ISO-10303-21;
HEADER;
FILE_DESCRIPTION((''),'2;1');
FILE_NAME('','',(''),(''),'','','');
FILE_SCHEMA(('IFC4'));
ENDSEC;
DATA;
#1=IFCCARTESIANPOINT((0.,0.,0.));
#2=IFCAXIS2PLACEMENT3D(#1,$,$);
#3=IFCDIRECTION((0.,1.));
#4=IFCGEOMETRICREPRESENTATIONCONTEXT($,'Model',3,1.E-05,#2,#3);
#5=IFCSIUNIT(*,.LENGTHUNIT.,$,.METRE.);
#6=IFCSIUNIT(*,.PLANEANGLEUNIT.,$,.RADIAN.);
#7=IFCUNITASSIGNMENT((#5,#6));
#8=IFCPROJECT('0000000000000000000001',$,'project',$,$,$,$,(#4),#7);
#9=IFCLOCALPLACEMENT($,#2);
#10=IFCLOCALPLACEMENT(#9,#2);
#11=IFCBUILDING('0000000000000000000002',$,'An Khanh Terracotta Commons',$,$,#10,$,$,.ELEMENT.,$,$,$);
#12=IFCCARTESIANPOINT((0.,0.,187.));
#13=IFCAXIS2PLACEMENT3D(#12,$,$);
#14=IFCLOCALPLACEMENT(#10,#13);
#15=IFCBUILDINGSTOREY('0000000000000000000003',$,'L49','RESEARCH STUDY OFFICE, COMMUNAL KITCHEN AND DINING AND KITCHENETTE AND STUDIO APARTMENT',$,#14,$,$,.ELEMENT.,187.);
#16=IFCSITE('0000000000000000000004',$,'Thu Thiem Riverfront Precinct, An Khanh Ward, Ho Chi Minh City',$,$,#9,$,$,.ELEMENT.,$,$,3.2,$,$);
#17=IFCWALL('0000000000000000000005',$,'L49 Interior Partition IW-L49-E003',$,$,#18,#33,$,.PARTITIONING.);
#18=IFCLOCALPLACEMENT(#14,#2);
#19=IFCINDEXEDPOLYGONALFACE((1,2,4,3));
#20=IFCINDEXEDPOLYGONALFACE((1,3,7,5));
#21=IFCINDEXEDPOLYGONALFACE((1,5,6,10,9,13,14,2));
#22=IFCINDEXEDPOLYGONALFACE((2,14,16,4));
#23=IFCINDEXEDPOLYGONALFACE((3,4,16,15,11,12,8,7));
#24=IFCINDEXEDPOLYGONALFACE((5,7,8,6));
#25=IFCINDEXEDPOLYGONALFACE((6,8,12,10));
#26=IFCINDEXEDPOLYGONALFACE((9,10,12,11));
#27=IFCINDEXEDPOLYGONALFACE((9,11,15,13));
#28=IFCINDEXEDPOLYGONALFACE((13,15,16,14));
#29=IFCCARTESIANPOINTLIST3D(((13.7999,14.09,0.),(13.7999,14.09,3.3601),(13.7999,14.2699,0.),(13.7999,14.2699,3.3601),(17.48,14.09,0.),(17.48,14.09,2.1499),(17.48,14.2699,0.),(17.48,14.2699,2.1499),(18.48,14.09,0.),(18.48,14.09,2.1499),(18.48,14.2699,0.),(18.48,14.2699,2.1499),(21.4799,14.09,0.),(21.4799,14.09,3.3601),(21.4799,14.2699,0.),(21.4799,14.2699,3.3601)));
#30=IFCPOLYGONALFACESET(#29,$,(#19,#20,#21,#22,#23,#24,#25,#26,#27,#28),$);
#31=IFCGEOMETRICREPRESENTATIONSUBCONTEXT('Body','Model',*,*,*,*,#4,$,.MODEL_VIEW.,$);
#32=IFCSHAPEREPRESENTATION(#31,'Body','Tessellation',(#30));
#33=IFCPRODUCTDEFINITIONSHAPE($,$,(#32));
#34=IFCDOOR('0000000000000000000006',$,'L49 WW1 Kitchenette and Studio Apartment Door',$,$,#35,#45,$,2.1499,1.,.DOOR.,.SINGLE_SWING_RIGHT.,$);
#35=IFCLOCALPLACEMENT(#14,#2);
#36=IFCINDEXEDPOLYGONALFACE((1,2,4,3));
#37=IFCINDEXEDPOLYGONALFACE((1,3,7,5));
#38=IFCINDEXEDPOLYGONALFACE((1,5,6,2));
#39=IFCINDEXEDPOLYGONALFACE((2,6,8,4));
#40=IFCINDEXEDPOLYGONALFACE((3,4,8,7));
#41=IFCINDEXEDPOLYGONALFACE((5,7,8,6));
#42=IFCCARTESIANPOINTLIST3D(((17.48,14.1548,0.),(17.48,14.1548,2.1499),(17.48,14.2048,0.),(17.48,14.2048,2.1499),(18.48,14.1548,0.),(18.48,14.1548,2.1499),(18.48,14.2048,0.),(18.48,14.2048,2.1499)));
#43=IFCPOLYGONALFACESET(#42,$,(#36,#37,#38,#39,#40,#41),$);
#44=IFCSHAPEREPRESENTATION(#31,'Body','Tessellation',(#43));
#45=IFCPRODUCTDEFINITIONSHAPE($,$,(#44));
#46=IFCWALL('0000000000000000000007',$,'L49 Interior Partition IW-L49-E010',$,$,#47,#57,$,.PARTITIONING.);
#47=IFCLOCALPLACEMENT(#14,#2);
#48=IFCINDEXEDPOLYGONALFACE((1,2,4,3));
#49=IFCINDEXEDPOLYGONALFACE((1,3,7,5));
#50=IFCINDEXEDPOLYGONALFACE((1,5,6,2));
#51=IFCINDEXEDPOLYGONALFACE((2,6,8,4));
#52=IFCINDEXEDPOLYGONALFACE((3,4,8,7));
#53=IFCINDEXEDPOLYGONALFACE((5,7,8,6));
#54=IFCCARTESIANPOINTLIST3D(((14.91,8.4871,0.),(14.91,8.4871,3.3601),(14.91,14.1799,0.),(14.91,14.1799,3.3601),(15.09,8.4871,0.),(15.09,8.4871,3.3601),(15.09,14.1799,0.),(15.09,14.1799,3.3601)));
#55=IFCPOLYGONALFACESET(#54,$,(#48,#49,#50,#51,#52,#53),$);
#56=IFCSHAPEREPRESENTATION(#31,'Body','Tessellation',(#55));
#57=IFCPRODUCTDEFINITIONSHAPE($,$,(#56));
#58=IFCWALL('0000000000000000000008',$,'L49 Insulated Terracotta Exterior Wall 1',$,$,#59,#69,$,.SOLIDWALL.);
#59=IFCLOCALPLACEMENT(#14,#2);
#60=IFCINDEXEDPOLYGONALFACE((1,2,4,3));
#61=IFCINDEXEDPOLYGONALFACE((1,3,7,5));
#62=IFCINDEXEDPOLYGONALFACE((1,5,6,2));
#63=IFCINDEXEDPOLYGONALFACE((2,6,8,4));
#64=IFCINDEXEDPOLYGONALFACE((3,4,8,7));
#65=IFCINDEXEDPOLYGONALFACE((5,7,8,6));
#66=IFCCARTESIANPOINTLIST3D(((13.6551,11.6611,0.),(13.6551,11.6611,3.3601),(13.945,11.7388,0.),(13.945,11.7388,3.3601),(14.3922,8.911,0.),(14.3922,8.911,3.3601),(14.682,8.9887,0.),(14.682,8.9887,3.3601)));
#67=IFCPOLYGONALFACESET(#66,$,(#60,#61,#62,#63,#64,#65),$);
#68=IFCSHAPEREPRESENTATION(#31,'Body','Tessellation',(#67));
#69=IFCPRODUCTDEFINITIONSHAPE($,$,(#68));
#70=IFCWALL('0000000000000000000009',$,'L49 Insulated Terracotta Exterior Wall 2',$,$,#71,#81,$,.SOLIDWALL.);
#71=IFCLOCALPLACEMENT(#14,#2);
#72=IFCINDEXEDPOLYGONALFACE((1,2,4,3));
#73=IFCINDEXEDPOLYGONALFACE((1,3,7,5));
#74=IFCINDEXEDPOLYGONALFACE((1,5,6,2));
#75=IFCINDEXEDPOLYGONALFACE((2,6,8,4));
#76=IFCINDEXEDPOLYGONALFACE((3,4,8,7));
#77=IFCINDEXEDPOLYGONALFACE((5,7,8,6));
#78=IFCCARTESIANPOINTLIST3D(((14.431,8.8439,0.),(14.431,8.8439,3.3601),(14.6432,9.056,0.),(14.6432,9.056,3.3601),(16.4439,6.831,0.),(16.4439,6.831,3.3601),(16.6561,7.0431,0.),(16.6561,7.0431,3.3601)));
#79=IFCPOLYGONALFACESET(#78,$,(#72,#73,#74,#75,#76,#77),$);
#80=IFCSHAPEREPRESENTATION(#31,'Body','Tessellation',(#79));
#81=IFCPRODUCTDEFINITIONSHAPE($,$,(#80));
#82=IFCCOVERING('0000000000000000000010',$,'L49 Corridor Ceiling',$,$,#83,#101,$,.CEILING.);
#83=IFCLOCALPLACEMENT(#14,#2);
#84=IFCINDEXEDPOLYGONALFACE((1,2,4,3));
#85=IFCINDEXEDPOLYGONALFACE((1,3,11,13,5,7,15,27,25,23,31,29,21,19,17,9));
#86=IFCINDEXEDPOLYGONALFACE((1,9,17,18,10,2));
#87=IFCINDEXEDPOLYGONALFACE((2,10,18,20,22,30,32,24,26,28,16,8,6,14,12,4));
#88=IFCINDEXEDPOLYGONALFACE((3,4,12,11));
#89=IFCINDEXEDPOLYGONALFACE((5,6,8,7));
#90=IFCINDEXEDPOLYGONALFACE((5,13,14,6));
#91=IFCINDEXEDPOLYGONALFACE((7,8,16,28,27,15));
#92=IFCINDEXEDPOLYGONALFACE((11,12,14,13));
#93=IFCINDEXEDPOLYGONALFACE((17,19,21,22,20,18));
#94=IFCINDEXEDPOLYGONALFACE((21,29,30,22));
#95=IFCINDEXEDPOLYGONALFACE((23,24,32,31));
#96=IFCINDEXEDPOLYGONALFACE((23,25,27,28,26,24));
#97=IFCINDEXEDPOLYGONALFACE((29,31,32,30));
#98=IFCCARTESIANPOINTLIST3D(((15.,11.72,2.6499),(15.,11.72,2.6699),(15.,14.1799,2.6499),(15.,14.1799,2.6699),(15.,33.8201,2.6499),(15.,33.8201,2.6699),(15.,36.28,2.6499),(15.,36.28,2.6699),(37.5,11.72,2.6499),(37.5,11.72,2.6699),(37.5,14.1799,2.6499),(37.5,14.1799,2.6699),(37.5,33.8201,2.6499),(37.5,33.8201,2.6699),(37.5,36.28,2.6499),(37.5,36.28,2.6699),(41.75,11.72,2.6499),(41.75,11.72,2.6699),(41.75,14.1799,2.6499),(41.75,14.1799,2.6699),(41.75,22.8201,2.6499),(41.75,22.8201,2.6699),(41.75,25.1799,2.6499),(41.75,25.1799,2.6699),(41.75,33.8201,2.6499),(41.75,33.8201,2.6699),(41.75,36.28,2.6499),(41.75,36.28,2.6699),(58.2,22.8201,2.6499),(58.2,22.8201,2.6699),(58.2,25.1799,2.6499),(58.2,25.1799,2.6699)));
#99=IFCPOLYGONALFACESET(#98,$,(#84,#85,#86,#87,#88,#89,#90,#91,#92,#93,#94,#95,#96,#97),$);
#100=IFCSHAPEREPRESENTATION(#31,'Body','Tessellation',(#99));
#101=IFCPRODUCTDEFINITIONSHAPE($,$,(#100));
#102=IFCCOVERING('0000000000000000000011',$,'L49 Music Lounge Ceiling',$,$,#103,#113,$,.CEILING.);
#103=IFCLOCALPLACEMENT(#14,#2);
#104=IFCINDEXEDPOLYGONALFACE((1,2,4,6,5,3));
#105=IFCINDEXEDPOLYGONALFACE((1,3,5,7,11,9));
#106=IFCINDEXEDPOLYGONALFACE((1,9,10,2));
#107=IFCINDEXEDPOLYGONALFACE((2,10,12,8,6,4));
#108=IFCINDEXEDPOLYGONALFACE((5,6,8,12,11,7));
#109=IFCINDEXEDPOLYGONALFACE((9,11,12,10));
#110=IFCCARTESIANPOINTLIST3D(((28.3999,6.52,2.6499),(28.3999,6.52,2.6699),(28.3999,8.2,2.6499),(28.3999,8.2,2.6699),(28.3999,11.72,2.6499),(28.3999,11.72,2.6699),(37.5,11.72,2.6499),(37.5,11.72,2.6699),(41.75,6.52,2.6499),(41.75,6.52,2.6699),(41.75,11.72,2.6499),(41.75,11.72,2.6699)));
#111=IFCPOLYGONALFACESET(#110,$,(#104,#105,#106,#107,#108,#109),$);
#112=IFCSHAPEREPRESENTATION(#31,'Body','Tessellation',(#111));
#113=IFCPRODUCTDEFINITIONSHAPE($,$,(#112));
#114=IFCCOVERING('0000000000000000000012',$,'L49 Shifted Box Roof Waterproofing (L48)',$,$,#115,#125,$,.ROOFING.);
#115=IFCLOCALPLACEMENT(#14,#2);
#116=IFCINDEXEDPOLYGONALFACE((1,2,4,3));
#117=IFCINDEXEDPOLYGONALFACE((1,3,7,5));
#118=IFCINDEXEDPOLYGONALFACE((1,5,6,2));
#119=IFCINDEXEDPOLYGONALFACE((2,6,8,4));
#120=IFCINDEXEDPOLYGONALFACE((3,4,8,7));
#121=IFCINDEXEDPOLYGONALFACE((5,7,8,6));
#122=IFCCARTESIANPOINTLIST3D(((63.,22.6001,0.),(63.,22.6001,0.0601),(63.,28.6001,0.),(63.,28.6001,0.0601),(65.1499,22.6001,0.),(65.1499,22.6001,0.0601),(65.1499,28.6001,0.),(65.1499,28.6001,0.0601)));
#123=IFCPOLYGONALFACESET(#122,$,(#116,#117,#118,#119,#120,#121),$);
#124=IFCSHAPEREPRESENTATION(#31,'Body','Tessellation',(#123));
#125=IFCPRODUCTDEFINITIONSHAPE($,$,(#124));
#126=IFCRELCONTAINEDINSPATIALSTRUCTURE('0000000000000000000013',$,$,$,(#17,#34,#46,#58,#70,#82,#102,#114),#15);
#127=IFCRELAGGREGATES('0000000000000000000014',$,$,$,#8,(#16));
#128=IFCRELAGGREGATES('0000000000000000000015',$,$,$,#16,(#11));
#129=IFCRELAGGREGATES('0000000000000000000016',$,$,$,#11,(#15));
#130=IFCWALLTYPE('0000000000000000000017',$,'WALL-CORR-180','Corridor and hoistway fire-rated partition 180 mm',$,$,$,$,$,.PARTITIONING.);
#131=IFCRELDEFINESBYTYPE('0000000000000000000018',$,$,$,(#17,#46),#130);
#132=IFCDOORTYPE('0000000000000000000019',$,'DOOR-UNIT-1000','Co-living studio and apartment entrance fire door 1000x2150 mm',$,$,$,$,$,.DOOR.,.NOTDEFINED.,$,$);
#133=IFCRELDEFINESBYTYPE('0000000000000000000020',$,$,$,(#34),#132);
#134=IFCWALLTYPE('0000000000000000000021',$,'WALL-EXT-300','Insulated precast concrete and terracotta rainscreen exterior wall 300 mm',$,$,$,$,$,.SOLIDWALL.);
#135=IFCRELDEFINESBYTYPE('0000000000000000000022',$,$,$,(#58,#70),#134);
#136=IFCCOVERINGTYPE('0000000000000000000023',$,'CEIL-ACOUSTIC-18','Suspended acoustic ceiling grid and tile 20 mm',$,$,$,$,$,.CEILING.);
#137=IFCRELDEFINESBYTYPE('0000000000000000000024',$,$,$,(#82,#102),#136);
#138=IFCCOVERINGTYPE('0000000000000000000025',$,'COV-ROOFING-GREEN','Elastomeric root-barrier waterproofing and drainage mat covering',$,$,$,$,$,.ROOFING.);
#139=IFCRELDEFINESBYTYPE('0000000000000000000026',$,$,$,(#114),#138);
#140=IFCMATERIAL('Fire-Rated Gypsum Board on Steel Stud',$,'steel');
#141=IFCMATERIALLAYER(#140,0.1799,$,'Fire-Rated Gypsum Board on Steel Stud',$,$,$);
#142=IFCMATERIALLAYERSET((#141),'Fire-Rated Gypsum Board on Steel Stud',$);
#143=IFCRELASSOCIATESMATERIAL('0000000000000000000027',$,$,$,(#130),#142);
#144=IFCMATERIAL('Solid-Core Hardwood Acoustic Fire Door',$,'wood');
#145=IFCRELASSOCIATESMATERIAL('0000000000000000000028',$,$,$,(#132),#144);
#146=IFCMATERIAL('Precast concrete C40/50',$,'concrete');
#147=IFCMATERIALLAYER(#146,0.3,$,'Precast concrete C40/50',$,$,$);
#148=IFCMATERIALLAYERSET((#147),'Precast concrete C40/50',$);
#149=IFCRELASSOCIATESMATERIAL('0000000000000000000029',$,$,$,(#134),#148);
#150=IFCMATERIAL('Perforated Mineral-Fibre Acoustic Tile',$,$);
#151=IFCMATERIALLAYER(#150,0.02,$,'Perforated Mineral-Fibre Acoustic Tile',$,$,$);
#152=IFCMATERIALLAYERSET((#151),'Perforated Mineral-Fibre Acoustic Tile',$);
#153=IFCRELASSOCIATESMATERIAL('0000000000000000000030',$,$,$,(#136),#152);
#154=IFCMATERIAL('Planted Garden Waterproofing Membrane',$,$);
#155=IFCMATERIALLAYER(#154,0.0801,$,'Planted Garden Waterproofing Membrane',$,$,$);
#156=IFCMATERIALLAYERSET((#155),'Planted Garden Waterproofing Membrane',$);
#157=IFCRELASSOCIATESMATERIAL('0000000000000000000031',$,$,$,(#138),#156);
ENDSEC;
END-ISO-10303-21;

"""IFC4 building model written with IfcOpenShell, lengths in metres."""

from ifc_helpers import new_model, si_unit, direction, frame, frame_2d, origin, place, context, subcontext, project, spatial, polyline, rectangle, outline, extrude, material, layer, layer_set, type_object, element, fill, save


model = new_model("IFC4")

# Units and contexts
model_context = context("Model", 3, precision=1e-05, world=origin(), true_north=direction((0.0, 1.0)))
body_context = subcontext(model_context, "Body", "Model", "MODEL_VIEW")
ifc_project = project(units=[si_unit("LENGTHUNIT", "METRE"), si_unit("PLANEANGLEUNIT", "RADIAN")], contexts=[model_context])

# Site, building, storey
site_placement = place(None, origin())
site = spatial("IfcSite", under=ifc_project, at=site_placement, Name="Thu Thiem Riverfront Precinct, An Khanh Ward, Ho Chi Minh City", CompositionType="ELEMENT", RefElevation=3.2)
building_placement = place(site_placement, origin())
building = spatial("IfcBuilding", under=site, at=building_placement, Name="An Khanh Terracotta Commons", CompositionType="ELEMENT")
storey_placement = place(building_placement, frame((0.0, 0.0, 187.0)))
storey = spatial("IfcBuildingStorey", under=building, at=storey_placement, Name="L49", Description="RESEARCH STUDY OFFICE, COMMUNAL KITCHEN AND DINING AND KITCHENETTE AND STUDIO APARTMENT", CompositionType="ELEMENT", Elevation=187.0)

# Shared definitions
ifc_material_1 = material(Name="Precast concrete C40/50", Category="concrete")

# Shared definitions
ifc_material_2 = material(Name="Fire-Rated Gypsum Board on Steel Stud", Category="steel")
ifc_layer_1 = layer(ifc_material_2, 0.1799, Name="Fire-Rated Gypsum Board on Steel Stud")
ifc_layer_set_1 = layer_set([ifc_layer_1], Name="Fire-Rated Gypsum Board on Steel Stud")
wall_type_1 = type_object("IfcWallType", Name="WALL-CORR-180", Description="Corridor and hoistway fire-rated partition 180 mm", PredefinedType="PARTITIONING", material=ifc_layer_set_1)

# Wall, opening, door
wall_1_placement = place(storey_placement, frame((13.8, 14.1799, 0.0), z_axis=(0.0, 0.0, 1.0), x_axis=(1.0, 0.0, 0.0)))
wall_1 = element("IfcWall", 1, at=wall_1_placement, inside=storey, type_object=wall_type_1, Name="L49 Interior Partition IW-L49-E003", PredefinedType="PARTITIONING", context=body_context, shape_type="SweptSolid", body=[
    extrude(rectangle(XDim=7.6799, YDim=0.1799, at=frame_2d((3.8398, 0.0))), origin(), (0.0, 0.0, 1.0), 3.3601),
])
opening_1_placement = place(wall_1_placement, frame((3.6799, 0.0, 0.0)))
opening_1 = element("IfcOpeningElement", 2, at=opening_1_placement, cuts=wall_1, PredefinedType="OPENING", context=body_context, shape_type="SweptSolid", body=[
    extrude(rectangle(XDim=1.0, YDim=2.1499, at=frame_2d((0.5, 1.075))), frame((0.0, 0.0999, 0.0), z_axis=(0.0, -1.0, 0.0), x_axis=(1.0, 0.0, 0.0)), (0.0, 0.0, 1.0), 0.2),
])
ifc_material_3 = material(Name="Solid-Core Hardwood Acoustic Fire Door", Category="wood")
door_type_1 = type_object("IfcDoorType", Name="DOOR-UNIT-1000", Description="Co-living studio and apartment entrance fire door 1000x2150 mm", OperationType="NOTDEFINED", PredefinedType="DOOR", material=ifc_material_3)
door_1_placement = place(opening_1_placement, origin())
door_1 = element("IfcDoor", 3, at=door_1_placement, inside=storey, type_object=door_type_1, Name="L49 WW1 Kitchenette and Studio Apartment Door", OperationType="SINGLE_SWING_RIGHT", OverallHeight=2.1499, OverallWidth=1.0, PredefinedType="DOOR", context=body_context, shape_type="SweptSolid", body=[
    extrude(rectangle(XDim=1.0, YDim=2.1499, at=frame_2d((0.5, 1.075))), frame((0.0, 0.0249, 0.0), z_axis=(0.0, -1.0, 0.0), x_axis=(1.0, 0.0, 0.0)), (0.0, 0.0, 1.0), 0.05),
])
fill(opening_1, door_1)

# Walls
wall_2_placement = place(storey_placement, frame((15.0, 8.4871, 0.0), z_axis=(0.0, 0.0, 1.0), x_axis=(0.0, 1.0, 0.0)))
element("IfcWall", 4, at=wall_2_placement, inside=storey, type_object=wall_type_1, Name="L49 Interior Partition IW-L49-E010", PredefinedType="PARTITIONING", context=body_context, shape_type="SweptSolid", body=[
    extrude(rectangle(XDim=5.6929, YDim=0.1799, at=frame_2d((2.8464, 0.0))), origin(), (0.0, 0.0, 1.0), 3.3601),
])
ifc_layer_2 = layer(ifc_material_1, 0.3, Name="Precast concrete C40/50")
ifc_layer_set_2 = layer_set([ifc_layer_2], Name="Precast concrete C40/50")
wall_type_2 = type_object("IfcWallType", Name="WALL-EXT-300", Description="Insulated precast concrete and terracotta rainscreen exterior wall 300 mm", PredefinedType="SOLIDWALL", material=ifc_layer_set_2)
wall_3_placement = place(storey_placement, frame((13.8, 11.7, 0.0), z_axis=(0.0, 0.0, 1.0), x_axis=(0.258885, -0.965908, 0.0)))
element("IfcWall", 5, at=wall_3_placement, inside=storey, type_object=wall_type_2, Name="L49 Insulated Terracotta Exterior Wall 1", PredefinedType="SOLIDWALL", context=body_context, shape_type="SweptSolid", body=[
    extrude(rectangle(XDim=2.8472, YDim=0.3, at=frame_2d((1.4236, 0.0))), origin(), (0.0, 0.0, 1.0), 3.3601),
])
wall_4_placement = place(storey_placement, frame((14.5371, 8.95, 0.0), z_axis=(0.0, 0.0, 1.0), x_axis=(0.707107, -0.707107, 0.0)))
element("IfcWall", 6, at=wall_4_placement, inside=storey, type_object=wall_type_2, Name="L49 Insulated Terracotta Exterior Wall 2", PredefinedType="SOLIDWALL", context=body_context, shape_type="SweptSolid", body=[
    extrude(rectangle(XDim=2.8467, YDim=0.3, at=frame_2d((1.4233, 0.0))), origin(), (0.0, 0.0, 1.0), 3.3601),
])

# Coverings
ifc_material_4 = material(Name="Perforated Mineral-Fibre Acoustic Tile")
ifc_layer_3 = layer(ifc_material_4, 0.02, Name="Perforated Mineral-Fibre Acoustic Tile")
ifc_layer_set_3 = layer_set([ifc_layer_3], Name="Perforated Mineral-Fibre Acoustic Tile")
covering_type_1 = type_object("IfcCoveringType", Name="CEIL-ACOUSTIC-18", Description="Suspended acoustic ceiling grid and tile 20 mm", PredefinedType="CEILING", material=ifc_layer_set_3)
covering_1_placement = place(storey_placement, frame((0.0, 0.0, 2.6499)))
element("IfcCovering", 7, at=covering_1_placement, inside=storey, type_object=covering_type_1, Name="L49 Corridor Ceiling", PredefinedType="CEILING", context=body_context, shape_type="SweptSolid", body=[
    extrude(outline(polyline([(15.0, 11.72), (15.0, 14.1799), (37.5, 14.1799), (37.5, 33.8201), (15.0, 33.8201), (15.0, 36.28), (37.5, 36.28), (41.75, 36.28), (41.75, 33.8201), (41.75, 25.1799), (58.2, 25.1799), (58.2, 22.8201), (41.75, 22.8201), (41.75, 14.1799), (41.75, 11.72), (37.5, 11.72), (15.0, 11.72)])), origin(), (0.0, 0.0, 1.0), 0.02),
])
covering_2_placement = place(storey_placement, frame((0.0, 0.0, 2.6499)))
element("IfcCovering", 8, at=covering_2_placement, inside=storey, type_object=covering_type_1, Name="L49 Music Lounge Ceiling", PredefinedType="CEILING", context=body_context, shape_type="SweptSolid", body=[
    extrude(outline(polyline([(28.3999, 6.52), (28.3999, 8.2), (28.3999, 11.72), (37.5, 11.72), (41.75, 11.72), (41.75, 6.52), (28.3999, 6.52)])), origin(), (0.0, 0.0, 1.0), 0.02),
])
ifc_material_5 = material(Name="Planted Garden Waterproofing Membrane")
ifc_layer_4 = layer(ifc_material_5, 0.0801, Name="Planted Garden Waterproofing Membrane")
ifc_layer_set_4 = layer_set([ifc_layer_4], Name="Planted Garden Waterproofing Membrane")
covering_type_2 = type_object("IfcCoveringType", Name="COV-ROOFING-GREEN", Description="Elastomeric root-barrier waterproofing and drainage mat covering", PredefinedType="ROOFING", material=ifc_layer_set_4)
covering_3_placement = place(storey_placement, origin())
element("IfcCovering", 9, at=covering_3_placement, inside=storey, type_object=covering_type_2, Name="L49 Shifted Box Roof Waterproofing (L48)", PredefinedType="ROOFING", context=body_context, shape_type="SweptSolid", body=[
    extrude(outline(polyline([(63.0, 22.6001), (65.1499, 22.6001), (65.1499, 28.6001), (63.0, 28.6001), (63.0, 22.6001)])), origin(), (0.0, 0.0, 1.0), 0.0601),
])

save(model, "model.ifc")
